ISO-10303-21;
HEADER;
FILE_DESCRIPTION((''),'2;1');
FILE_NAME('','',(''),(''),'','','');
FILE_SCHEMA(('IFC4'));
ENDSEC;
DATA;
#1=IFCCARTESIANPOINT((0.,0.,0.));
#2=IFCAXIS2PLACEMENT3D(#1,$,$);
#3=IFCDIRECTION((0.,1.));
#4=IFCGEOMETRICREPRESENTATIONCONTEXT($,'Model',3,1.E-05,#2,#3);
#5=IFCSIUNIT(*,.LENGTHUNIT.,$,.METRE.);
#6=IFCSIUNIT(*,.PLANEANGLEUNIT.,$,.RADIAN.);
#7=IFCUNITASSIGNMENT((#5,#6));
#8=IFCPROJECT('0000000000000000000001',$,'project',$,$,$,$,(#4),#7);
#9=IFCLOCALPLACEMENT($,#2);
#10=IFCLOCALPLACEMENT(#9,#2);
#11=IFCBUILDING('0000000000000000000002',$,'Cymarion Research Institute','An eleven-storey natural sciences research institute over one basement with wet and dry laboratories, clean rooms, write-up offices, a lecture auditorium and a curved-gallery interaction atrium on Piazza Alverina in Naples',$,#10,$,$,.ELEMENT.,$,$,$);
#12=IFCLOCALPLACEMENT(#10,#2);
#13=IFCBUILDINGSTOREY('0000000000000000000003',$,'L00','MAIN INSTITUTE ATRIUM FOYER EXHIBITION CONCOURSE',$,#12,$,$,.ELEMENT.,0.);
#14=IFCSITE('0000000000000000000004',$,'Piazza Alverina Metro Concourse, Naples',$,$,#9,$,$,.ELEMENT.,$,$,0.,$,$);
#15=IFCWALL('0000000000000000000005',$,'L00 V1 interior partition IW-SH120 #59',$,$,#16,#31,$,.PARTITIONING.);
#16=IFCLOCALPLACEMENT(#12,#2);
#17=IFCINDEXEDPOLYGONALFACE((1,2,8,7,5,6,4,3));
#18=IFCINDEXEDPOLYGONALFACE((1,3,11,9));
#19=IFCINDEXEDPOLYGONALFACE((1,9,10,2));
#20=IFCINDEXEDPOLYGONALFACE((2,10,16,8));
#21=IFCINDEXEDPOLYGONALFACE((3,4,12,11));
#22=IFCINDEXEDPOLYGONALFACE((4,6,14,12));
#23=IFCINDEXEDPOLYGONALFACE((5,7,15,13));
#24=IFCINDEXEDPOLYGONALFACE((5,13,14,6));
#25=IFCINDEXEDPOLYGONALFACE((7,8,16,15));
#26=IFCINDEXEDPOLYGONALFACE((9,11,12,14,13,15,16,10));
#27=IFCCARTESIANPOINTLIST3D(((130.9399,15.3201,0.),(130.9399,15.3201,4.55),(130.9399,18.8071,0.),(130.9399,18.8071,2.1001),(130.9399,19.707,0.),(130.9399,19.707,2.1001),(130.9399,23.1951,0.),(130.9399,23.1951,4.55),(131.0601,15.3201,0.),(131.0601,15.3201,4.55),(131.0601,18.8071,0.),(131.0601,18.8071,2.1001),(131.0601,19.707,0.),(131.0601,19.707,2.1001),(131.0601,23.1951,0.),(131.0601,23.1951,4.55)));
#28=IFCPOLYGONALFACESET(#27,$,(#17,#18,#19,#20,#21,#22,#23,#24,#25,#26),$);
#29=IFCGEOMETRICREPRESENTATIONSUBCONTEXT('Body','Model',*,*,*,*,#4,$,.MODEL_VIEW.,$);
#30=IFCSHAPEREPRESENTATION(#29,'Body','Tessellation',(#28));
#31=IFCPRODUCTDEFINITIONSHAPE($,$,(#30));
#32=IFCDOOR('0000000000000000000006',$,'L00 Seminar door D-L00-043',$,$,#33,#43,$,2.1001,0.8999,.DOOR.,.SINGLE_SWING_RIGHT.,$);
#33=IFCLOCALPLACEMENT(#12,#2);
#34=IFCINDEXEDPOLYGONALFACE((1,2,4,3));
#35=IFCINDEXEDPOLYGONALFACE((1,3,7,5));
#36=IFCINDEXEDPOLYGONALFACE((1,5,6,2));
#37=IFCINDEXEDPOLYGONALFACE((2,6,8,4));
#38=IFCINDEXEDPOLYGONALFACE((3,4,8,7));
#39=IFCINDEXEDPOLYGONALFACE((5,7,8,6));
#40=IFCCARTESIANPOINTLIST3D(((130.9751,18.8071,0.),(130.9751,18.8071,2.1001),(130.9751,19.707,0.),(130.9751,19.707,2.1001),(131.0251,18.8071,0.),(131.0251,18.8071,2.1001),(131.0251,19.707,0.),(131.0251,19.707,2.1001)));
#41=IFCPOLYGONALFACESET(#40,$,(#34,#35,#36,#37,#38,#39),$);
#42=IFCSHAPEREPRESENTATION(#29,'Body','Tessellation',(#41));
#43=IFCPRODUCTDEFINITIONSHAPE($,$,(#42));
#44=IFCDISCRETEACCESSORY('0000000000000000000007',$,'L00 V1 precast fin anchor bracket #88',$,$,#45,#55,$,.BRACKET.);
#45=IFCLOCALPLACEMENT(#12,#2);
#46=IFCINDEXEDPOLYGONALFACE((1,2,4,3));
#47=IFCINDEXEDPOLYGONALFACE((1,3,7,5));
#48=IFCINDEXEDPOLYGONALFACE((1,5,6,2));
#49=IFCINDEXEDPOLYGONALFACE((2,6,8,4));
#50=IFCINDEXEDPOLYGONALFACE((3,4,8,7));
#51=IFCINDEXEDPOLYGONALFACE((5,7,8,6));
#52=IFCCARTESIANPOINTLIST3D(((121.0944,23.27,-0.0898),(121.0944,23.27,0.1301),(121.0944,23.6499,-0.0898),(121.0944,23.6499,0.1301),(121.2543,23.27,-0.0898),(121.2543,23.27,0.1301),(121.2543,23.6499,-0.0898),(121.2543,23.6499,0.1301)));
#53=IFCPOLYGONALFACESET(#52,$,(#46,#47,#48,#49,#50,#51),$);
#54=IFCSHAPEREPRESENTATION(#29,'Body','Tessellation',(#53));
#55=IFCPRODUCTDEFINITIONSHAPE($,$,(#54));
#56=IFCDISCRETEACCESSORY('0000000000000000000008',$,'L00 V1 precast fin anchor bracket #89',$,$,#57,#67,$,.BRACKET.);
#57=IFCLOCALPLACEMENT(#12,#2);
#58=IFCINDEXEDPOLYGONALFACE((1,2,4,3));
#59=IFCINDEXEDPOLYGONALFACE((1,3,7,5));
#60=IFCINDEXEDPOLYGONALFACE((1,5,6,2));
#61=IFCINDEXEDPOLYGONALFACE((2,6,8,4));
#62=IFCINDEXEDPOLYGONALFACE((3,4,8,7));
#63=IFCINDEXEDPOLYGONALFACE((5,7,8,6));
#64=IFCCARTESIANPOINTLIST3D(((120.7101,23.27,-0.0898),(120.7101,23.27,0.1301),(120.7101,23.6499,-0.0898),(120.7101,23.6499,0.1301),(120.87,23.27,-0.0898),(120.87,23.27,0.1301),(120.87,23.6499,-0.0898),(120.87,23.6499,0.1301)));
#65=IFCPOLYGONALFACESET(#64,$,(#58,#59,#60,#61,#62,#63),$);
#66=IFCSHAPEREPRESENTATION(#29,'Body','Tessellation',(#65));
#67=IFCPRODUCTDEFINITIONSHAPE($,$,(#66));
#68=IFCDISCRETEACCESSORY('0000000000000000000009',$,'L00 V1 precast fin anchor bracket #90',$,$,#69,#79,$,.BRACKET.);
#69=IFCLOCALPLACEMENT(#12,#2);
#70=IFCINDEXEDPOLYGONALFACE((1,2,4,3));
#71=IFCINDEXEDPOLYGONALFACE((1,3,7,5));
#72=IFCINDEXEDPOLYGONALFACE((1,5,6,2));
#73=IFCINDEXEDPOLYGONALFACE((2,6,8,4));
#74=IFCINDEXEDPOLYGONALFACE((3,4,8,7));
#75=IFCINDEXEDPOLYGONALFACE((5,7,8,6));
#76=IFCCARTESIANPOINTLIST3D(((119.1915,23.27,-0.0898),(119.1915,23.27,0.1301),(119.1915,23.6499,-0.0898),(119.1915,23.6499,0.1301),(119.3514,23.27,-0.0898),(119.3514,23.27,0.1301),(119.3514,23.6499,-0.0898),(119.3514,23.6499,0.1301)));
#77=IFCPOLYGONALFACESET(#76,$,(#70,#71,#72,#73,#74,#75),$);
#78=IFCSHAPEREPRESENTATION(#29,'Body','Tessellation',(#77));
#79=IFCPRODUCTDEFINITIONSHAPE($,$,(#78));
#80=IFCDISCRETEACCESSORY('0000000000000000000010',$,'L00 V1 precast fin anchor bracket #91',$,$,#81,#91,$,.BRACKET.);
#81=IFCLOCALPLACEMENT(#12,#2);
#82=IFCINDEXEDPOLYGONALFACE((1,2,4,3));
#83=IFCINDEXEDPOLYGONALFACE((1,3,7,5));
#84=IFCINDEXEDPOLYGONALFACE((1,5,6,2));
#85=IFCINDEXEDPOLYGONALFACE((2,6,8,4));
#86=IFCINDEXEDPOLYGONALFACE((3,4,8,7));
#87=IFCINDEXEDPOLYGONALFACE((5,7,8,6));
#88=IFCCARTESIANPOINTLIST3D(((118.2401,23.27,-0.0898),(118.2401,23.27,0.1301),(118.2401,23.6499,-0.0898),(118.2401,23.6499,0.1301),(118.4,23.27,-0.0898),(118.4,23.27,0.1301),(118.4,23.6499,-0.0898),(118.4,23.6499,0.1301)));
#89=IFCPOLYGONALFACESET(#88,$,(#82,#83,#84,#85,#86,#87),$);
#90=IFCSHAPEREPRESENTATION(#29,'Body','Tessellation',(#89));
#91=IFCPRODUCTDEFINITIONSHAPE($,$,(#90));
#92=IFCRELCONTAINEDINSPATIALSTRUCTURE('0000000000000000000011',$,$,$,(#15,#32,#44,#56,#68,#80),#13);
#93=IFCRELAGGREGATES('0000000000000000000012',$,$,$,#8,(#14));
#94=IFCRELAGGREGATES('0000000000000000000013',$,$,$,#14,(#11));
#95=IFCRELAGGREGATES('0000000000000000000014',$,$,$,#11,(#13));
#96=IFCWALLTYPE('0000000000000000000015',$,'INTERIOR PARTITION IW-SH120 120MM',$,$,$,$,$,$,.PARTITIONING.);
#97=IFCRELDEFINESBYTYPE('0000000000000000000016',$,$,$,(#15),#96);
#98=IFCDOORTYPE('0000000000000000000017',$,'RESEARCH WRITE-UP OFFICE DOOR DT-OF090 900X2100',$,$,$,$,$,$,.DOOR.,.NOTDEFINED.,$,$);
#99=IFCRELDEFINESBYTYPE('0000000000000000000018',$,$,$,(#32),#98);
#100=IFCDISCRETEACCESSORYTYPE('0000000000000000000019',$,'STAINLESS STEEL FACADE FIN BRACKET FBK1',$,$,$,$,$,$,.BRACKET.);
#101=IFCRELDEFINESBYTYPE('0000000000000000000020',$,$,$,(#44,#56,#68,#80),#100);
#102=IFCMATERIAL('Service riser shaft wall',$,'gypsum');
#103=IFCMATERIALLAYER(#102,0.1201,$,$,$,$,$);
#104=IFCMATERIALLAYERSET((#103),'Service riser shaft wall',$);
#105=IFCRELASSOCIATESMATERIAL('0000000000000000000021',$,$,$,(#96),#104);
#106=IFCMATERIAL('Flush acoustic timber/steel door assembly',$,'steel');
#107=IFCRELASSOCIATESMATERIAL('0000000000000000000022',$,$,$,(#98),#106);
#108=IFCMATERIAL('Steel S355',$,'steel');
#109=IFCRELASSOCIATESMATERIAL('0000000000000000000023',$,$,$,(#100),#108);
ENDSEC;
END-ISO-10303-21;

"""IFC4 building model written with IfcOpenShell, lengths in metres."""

from ifc_helpers import new_model, si_unit, direction, frame, frame_2d, origin, origin_2d, place, context, subcontext, project, spatial, rectangle, extrude, material, layer, layer_set, type_object, element, fill, save


model = new_model("IFC4")

# Units and contexts
model_context = context("Model", 3, precision=1e-05, world=origin(), true_north=direction((0.0, 1.0)))
body_context = subcontext(model_context, "Body", "Model", "MODEL_VIEW")
ifc_project = project(units=[si_unit("LENGTHUNIT", "METRE"), si_unit("PLANEANGLEUNIT", "RADIAN")], contexts=[model_context])

# Site, building, storey
site_placement = place(None, origin())
site = spatial("IfcSite", under=ifc_project, at=site_placement, Name="Piazza Alverina Metro Concourse, Naples", CompositionType="ELEMENT", RefElevation=0.0)
building_placement = place(site_placement, origin())
building = spatial("IfcBuilding", under=site, at=building_placement, Name="Cymarion Research Institute", Description="An eleven-storey natural sciences research institute over one basement with wet and dry laboratories, clean rooms, write-up offices, a lecture auditorium and a curved-gallery interaction atrium on Piazza Alverina in Naples", CompositionType="ELEMENT")
storey_placement = place(building_placement, origin())
storey = spatial("IfcBuildingStorey", under=building, at=storey_placement, Name="L00", Description="MAIN INSTITUTE ATRIUM FOYER EXHIBITION CONCOURSE", CompositionType="ELEMENT", Elevation=0.0)

# Shared definitions
ifc_material_1 = material(Name="Steel S355", Category="steel")

# Wall, opening, door
ifc_material_2 = material(Name="Flush acoustic timber/steel door assembly", Category="steel")
ifc_material_3 = material(Name="Service riser shaft wall", Category="gypsum")
ifc_layer_1 = layer(ifc_material_3, 0.1201)
ifc_layer_set_1 = layer_set([ifc_layer_1], Name="Service riser shaft wall")
wall_type_1 = type_object("IfcWallType", Name="INTERIOR PARTITION IW-SH120 120MM", PredefinedType="PARTITIONING", material=ifc_layer_set_1)
wall_1_placement = place(storey_placement, frame((131.0, 15.3201, 0.0), z_axis=(0.0, 0.0, 1.0), x_axis=(0.0, 1.0, 0.0)))
wall_1 = element("IfcWall", 1, at=wall_1_placement, inside=storey, type_object=wall_type_1, Name="L00 V1 interior partition IW-SH120 #59", PredefinedType="PARTITIONING", context=body_context, shape_type="SweptSolid", body=[
    extrude(rectangle(XDim=7.875, YDim=0.1201, at=frame_2d((3.9375, 0.0))), origin(), (0.0, 0.0, 1.0), 4.55),
])
opening_1_placement = place(wall_1_placement, frame((3.4871, 0.0, 0.0)))
opening_1 = element("IfcOpeningElement", 2, at=opening_1_placement, cuts=wall_1, PredefinedType="OPENING", context=body_context, shape_type="SweptSolid", body=[
    extrude(rectangle(XDim=0.8999, YDim=2.1001, at=frame_2d((0.45, 1.05))), frame((0.0, 0.0701, 0.0), z_axis=(0.0, -1.0, 0.0), x_axis=(1.0, 0.0, 0.0)), (0.0, 0.0, 1.0), 0.1401),
])
door_type_1 = type_object("IfcDoorType", Name="RESEARCH WRITE-UP OFFICE DOOR DT-OF090 900X2100", OperationType="NOTDEFINED", PredefinedType="DOOR", material=ifc_material_2)
door_1_placement = place(opening_1_placement, origin())
door_1 = element("IfcDoor", 3, at=door_1_placement, inside=storey, type_object=door_type_1, Name="L00 Seminar door D-L00-043", OperationType="SINGLE_SWING_RIGHT", OverallHeight=2.1001, OverallWidth=0.8999, PredefinedType="DOOR", context=body_context, shape_type="SweptSolid", body=[
    extrude(rectangle(XDim=0.8999, YDim=2.1001, at=frame_2d((0.45, 1.05))), frame((0.0, 0.0249, 0.0), z_axis=(0.0, -1.0, 0.0), x_axis=(1.0, 0.0, 0.0)), (0.0, 0.0, 1.0), 0.05),
])
fill(opening_1, door_1)

# Discrete accessories
discrete_accessory_type = type_object("IfcDiscreteAccessoryType", Name="STAINLESS STEEL FACADE FIN BRACKET FBK1", PredefinedType="BRACKET", material=ifc_material_1)
for number, where, z_axis, x_axis, name in (
    (4, (121.1743, 23.46, -0.0898), (0.0, 0.0, 1.0), (0.0, 1.0, 0.0), "L00 V1 precast fin anchor bracket #88"),
    (5, (120.79, 23.46, -0.0898), (0.0, 0.0, 1.0), (0.0, 1.0, 0.0), "L00 V1 precast fin anchor bracket #89"),
    (6, (119.2715, 23.46, -0.0898), (0.0, 0.0, 1.0), (0.0, 1.0, 0.0), "L00 V1 precast fin anchor bracket #90"),
    (7, (118.3201, 23.46, -0.0898), (0.0, 0.0, 1.0), (0.0, 1.0, 0.0), "L00 V1 precast fin anchor bracket #91"),
):
    element("IfcDiscreteAccessory", number, at=place(storey_placement, frame(where, z_axis=z_axis, x_axis=x_axis)), inside=storey, type_object=discrete_accessory_type, Name=name, PredefinedType="BRACKET", context=body_context, shape_type="SweptSolid", body=[
        extrude(rectangle(XDim=0.3799, YDim=0.1599, at=origin_2d()), origin(), (0.0, 0.0, 1.0), 0.22),
    ])

save(model, "model.ifc")
